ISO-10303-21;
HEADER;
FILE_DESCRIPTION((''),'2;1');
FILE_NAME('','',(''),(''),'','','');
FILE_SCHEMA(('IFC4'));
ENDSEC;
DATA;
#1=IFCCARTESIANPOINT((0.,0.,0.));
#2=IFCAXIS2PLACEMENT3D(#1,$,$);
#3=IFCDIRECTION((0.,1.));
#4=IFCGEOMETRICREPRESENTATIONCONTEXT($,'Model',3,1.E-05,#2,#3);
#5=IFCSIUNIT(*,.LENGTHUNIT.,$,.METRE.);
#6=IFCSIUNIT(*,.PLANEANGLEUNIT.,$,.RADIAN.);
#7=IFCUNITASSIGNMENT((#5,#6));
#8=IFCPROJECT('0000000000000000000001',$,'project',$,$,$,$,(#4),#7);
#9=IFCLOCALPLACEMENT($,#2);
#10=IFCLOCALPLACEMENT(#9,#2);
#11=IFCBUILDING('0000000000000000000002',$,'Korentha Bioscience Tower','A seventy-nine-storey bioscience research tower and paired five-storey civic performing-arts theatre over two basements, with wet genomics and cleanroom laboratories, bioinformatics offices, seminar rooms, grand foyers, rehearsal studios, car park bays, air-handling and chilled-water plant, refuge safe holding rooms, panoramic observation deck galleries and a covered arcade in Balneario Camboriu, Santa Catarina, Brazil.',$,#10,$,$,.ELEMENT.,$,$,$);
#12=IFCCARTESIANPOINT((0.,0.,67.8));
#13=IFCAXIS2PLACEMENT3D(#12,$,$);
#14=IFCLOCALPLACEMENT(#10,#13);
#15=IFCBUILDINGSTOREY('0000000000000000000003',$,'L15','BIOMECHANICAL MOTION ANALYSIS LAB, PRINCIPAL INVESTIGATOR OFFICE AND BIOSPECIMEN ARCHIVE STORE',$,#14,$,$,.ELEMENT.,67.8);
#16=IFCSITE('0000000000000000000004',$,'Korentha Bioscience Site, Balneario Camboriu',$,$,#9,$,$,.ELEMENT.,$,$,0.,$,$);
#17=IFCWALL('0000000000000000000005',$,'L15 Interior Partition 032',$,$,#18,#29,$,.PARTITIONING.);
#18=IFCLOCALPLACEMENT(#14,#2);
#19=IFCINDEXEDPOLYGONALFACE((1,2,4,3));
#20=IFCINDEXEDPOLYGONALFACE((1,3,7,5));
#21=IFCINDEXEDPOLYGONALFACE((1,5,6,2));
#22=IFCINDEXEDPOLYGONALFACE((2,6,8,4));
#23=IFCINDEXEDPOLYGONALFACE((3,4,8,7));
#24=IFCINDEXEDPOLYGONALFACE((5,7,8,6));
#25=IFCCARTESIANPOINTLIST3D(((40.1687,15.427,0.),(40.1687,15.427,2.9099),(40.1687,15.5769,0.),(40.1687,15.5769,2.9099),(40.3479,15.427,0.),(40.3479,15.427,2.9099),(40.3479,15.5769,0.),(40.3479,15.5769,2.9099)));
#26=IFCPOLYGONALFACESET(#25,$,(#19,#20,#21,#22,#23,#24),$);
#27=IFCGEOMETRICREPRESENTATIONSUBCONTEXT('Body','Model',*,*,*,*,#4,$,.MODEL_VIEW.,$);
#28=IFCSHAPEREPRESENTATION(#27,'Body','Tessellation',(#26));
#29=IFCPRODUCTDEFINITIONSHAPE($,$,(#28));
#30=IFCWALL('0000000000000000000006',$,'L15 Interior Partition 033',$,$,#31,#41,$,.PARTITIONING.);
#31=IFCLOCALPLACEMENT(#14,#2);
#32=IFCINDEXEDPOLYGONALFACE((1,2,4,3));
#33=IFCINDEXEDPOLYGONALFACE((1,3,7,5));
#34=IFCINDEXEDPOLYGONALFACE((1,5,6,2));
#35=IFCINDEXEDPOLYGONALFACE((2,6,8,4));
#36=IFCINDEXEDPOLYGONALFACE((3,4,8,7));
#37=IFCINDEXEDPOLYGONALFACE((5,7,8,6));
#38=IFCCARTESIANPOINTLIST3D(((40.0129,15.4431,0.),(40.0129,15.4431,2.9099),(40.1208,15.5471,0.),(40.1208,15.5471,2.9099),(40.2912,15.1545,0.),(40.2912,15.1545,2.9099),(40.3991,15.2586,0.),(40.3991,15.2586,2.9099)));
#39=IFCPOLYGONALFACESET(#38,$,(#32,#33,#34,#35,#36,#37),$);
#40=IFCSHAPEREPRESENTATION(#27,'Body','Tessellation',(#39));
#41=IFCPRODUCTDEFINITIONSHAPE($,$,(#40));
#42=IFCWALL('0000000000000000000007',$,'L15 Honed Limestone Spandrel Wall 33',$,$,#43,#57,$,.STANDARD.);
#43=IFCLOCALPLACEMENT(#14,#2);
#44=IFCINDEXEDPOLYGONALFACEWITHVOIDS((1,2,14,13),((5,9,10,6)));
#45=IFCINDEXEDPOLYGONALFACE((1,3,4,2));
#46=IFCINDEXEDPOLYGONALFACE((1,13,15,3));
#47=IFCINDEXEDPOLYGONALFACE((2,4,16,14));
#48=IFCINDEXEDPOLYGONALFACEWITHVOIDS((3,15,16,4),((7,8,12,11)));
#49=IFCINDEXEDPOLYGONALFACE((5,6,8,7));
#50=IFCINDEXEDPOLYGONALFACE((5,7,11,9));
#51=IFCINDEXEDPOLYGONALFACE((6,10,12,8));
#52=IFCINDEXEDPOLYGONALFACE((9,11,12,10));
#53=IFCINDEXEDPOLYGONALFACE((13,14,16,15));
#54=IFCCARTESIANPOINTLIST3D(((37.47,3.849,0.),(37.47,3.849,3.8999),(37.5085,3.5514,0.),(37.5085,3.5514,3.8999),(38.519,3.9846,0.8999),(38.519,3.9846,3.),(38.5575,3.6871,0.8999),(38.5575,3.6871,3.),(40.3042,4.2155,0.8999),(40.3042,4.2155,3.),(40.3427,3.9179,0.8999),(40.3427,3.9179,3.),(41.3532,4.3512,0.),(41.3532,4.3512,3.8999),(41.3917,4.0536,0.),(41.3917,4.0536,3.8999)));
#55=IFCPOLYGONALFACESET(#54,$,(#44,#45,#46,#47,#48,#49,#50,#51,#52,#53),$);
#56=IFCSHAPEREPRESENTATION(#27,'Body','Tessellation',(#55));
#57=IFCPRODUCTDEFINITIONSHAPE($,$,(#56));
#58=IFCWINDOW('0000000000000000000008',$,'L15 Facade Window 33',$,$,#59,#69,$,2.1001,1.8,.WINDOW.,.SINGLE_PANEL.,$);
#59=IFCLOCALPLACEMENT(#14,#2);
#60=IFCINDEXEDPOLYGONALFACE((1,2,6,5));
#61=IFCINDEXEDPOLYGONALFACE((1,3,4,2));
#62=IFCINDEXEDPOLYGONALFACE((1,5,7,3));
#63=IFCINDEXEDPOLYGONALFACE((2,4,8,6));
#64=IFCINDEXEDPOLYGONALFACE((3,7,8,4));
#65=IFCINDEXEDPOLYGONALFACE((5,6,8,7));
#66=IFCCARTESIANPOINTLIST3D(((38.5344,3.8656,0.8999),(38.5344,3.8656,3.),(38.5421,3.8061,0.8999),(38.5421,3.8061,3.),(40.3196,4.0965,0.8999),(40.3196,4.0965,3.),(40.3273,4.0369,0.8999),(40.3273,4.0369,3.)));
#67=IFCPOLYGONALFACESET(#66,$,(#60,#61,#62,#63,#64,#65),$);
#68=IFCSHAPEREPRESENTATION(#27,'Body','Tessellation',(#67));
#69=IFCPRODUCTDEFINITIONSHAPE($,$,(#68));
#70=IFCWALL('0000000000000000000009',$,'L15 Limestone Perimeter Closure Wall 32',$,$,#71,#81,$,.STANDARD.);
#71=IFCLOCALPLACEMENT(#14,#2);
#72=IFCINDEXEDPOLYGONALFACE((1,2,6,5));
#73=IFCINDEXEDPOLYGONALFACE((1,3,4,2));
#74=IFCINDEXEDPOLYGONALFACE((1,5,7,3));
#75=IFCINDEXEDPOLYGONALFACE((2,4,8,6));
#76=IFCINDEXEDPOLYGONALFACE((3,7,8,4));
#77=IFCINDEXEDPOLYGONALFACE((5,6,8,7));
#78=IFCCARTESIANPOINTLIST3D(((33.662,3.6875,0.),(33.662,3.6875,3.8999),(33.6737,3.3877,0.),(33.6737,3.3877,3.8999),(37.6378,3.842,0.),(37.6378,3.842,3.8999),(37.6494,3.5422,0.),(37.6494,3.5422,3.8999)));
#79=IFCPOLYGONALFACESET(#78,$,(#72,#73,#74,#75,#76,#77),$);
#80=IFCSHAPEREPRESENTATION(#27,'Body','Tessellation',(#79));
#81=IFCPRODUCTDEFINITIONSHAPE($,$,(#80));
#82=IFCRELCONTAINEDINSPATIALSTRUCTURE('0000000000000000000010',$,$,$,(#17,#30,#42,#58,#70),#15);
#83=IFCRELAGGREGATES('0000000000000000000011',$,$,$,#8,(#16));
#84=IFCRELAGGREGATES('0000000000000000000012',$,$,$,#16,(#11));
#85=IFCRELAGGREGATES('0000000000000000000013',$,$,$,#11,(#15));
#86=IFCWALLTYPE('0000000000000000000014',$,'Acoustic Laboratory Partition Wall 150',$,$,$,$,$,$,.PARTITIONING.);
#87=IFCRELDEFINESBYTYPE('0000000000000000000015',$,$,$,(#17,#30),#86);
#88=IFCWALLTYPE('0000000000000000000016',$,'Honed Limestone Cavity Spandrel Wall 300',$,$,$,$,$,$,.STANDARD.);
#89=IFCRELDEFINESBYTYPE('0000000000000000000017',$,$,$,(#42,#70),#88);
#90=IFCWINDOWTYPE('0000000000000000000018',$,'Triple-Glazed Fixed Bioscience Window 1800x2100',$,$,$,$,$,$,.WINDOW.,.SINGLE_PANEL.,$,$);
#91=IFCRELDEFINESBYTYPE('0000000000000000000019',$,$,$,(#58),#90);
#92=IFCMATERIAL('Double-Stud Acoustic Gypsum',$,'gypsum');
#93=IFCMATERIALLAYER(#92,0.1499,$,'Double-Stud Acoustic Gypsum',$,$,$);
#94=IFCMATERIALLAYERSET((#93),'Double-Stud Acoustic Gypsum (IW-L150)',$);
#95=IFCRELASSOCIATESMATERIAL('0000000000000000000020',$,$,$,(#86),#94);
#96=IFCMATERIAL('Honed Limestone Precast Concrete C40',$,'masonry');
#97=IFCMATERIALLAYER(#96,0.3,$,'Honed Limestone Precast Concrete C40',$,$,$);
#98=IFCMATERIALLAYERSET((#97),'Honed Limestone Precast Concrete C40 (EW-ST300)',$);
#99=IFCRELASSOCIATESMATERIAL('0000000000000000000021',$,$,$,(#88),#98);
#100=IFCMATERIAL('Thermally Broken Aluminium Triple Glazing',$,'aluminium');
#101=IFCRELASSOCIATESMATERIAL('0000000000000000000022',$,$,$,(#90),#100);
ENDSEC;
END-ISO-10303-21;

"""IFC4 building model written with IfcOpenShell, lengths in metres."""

from ifc_helpers import new_model, si_unit, direction, frame, frame_2d, origin, place, context, subcontext, project, spatial, rectangle, extrude, material, layer, layer_set, type_object, element, fill, save


model = new_model("IFC4")

# Units and contexts
model_context = context("Model", 3, precision=1e-05, world=origin(), true_north=direction((0.0, 1.0)))
body_context = subcontext(model_context, "Body", "Model", "MODEL_VIEW")
ifc_project = project(units=[si_unit("LENGTHUNIT", "METRE"), si_unit("PLANEANGLEUNIT", "RADIAN")], contexts=[model_context])

# Site, building, storey
site_placement = place(None, origin())
site = spatial("IfcSite", under=ifc_project, at=site_placement, Name="Korentha Bioscience Site, Balneario Camboriu", CompositionType="ELEMENT", RefElevation=0.0)
building_placement = place(site_placement, origin())
building = spatial("IfcBuilding", under=site, at=building_placement, Name="Korentha Bioscience Tower", Description="A seventy-nine-storey bioscience research tower and paired five-storey civic performing-arts theatre over two basements, with wet genomics and cleanroom laboratories, bioinformatics offices, seminar rooms, grand foyers, rehearsal studios, car park bays, air-handling and chilled-water plant, refuge safe holding rooms, panoramic observation deck galleries and a covered arcade in Balneario Camboriu, Santa Catarina, Brazil.", CompositionType="ELEMENT")
storey_placement = place(building_placement, frame((0.0, 0.0, 67.8)))
storey = spatial("IfcBuildingStorey", under=building, at=storey_placement, Name="L15", Description="BIOMECHANICAL MOTION ANALYSIS LAB, PRINCIPAL INVESTIGATOR OFFICE AND BIOSPECIMEN ARCHIVE STORE", CompositionType="ELEMENT", Elevation=67.8)

# Walls
ifc_material_1 = material(Name="Double-Stud Acoustic Gypsum", Category="gypsum")
ifc_layer_1 = layer(ifc_material_1, 0.1499, Name="Double-Stud Acoustic Gypsum")
ifc_layer_set_1 = layer_set([ifc_layer_1], Name="Double-Stud Acoustic Gypsum (IW-L150)")
wall_type_1 = type_object("IfcWallType", Name="Acoustic Laboratory Partition Wall 150", PredefinedType="PARTITIONING", material=ifc_layer_set_1)
wall_1_placement = place(storey_placement, frame((40.3479, 15.502, 0.0), z_axis=(0.0, 0.0, 1.0), x_axis=(-1.0, 0.0, 0.0)))
element("IfcWall", 1, at=wall_1_placement, inside=storey, type_object=wall_type_1, Name="L15 Interior Partition 032", PredefinedType="PARTITIONING", context=body_context, shape_type="SweptSolid", body=[
    extrude(rectangle(XDim=0.1792, YDim=0.1499, at=frame_2d((0.0896, 0.0))), origin(), (0.0, 0.0, 1.0), 2.9099),
])
wall_2_placement = place(storey_placement, frame((40.0669, 15.4951, 0.0), z_axis=(0.0, 0.0, 1.0), x_axis=(0.694203, -0.719779, 0.0)))
element("IfcWall", 2, at=wall_2_placement, inside=storey, type_object=wall_type_1, Name="L15 Interior Partition 033", PredefinedType="PARTITIONING", context=body_context, shape_type="SweptSolid", body=[
    extrude(rectangle(XDim=0.4009, YDim=0.1499, at=frame_2d((0.2004, 0.0))), origin(), (0.0, 0.0, 1.0), 2.9099),
])

# Wall, opening, window
ifc_material_2 = material(Name="Honed Limestone Precast Concrete C40", Category="masonry")
ifc_layer_2 = layer(ifc_material_2, 0.3, Name="Honed Limestone Precast Concrete C40")
ifc_layer_set_2 = layer_set([ifc_layer_2], Name="Honed Limestone Precast Concrete C40 (EW-ST300)")
wall_type_2 = type_object("IfcWallType", Name="Honed Limestone Cavity Spandrel Wall 300", PredefinedType="STANDARD", material=ifc_layer_set_2)
wall_3_placement = place(storey_placement, frame((37.4893, 3.7002, 0.0), z_axis=(0.0, 0.0, 1.0), x_axis=(0.991741, 0.128254, 0.0)))
wall_3 = element("IfcWall", 3, at=wall_3_placement, inside=storey, type_object=wall_type_2, Name="L15 Honed Limestone Spandrel Wall 33", PredefinedType="STANDARD", context=body_context, shape_type="SweptSolid", body=[
    extrude(rectangle(XDim=3.9155, YDim=0.3, at=frame_2d((1.9578, 0.0))), origin(), (0.0, 0.0, 1.0), 3.8999),
])
opening_placement = place(wall_3_placement, frame((1.0579, 0.0, 0.8999)))
opening = element("IfcOpeningElement", 4, at=opening_placement, cuts=wall_3, PredefinedType="OPENING", context=body_context, shape_type="SweptSolid", body=[
    extrude(rectangle(XDim=1.8, YDim=2.1001, at=frame_2d((0.8999, 1.05))), frame((0.0, 0.165, 0.0), z_axis=(0.0, -1.0, 0.0), x_axis=(1.0, 0.0, 0.0)), (0.0, 0.0, 1.0), 0.3298),
])
ifc_material_3 = material(Name="Thermally Broken Aluminium Triple Glazing", Category="aluminium")
window_type = type_object("IfcWindowType", Name="Triple-Glazed Fixed Bioscience Window 1800x2100", PartitioningType="SINGLE_PANEL", PredefinedType="WINDOW", material=ifc_material_3)
window_placement = place(opening_placement, origin())
window = element("IfcWindow", 5, at=window_placement, inside=storey, type_object=window_type, Name="L15 Facade Window 33", OverallHeight=2.1001, OverallWidth=1.8, PartitioningType="SINGLE_PANEL", PredefinedType="WINDOW", context=body_context, shape_type="SweptSolid", body=[
    extrude(rectangle(XDim=1.8, YDim=2.1001, at=frame_2d((0.8999, 1.05))), frame((0.0, 0.03, 0.0), z_axis=(0.0, -1.0, 0.0), x_axis=(1.0, 0.0, 0.0)), (0.0, 0.0, 1.0), 0.0601),
])
fill(opening, window)

# Wall
wall_4_placement = place(storey_placement, frame((33.668, 3.5376, 0.0), z_axis=(0.0, 0.0, 1.0), x_axis=(0.999245, 0.038841, 0.0)))
element("IfcWall", 6, at=wall_4_placement, inside=storey, type_object=wall_type_2, Name="L15 Limestone Perimeter Closure Wall 32", PredefinedType="STANDARD", context=body_context, shape_type="SweptSolid", body=[
    extrude(rectangle(XDim=3.9788, YDim=0.3, at=frame_2d((1.9893, 0.0))), origin(), (0.0, 0.0, 1.0), 3.8999),
])

save(model, "model.ifc")
